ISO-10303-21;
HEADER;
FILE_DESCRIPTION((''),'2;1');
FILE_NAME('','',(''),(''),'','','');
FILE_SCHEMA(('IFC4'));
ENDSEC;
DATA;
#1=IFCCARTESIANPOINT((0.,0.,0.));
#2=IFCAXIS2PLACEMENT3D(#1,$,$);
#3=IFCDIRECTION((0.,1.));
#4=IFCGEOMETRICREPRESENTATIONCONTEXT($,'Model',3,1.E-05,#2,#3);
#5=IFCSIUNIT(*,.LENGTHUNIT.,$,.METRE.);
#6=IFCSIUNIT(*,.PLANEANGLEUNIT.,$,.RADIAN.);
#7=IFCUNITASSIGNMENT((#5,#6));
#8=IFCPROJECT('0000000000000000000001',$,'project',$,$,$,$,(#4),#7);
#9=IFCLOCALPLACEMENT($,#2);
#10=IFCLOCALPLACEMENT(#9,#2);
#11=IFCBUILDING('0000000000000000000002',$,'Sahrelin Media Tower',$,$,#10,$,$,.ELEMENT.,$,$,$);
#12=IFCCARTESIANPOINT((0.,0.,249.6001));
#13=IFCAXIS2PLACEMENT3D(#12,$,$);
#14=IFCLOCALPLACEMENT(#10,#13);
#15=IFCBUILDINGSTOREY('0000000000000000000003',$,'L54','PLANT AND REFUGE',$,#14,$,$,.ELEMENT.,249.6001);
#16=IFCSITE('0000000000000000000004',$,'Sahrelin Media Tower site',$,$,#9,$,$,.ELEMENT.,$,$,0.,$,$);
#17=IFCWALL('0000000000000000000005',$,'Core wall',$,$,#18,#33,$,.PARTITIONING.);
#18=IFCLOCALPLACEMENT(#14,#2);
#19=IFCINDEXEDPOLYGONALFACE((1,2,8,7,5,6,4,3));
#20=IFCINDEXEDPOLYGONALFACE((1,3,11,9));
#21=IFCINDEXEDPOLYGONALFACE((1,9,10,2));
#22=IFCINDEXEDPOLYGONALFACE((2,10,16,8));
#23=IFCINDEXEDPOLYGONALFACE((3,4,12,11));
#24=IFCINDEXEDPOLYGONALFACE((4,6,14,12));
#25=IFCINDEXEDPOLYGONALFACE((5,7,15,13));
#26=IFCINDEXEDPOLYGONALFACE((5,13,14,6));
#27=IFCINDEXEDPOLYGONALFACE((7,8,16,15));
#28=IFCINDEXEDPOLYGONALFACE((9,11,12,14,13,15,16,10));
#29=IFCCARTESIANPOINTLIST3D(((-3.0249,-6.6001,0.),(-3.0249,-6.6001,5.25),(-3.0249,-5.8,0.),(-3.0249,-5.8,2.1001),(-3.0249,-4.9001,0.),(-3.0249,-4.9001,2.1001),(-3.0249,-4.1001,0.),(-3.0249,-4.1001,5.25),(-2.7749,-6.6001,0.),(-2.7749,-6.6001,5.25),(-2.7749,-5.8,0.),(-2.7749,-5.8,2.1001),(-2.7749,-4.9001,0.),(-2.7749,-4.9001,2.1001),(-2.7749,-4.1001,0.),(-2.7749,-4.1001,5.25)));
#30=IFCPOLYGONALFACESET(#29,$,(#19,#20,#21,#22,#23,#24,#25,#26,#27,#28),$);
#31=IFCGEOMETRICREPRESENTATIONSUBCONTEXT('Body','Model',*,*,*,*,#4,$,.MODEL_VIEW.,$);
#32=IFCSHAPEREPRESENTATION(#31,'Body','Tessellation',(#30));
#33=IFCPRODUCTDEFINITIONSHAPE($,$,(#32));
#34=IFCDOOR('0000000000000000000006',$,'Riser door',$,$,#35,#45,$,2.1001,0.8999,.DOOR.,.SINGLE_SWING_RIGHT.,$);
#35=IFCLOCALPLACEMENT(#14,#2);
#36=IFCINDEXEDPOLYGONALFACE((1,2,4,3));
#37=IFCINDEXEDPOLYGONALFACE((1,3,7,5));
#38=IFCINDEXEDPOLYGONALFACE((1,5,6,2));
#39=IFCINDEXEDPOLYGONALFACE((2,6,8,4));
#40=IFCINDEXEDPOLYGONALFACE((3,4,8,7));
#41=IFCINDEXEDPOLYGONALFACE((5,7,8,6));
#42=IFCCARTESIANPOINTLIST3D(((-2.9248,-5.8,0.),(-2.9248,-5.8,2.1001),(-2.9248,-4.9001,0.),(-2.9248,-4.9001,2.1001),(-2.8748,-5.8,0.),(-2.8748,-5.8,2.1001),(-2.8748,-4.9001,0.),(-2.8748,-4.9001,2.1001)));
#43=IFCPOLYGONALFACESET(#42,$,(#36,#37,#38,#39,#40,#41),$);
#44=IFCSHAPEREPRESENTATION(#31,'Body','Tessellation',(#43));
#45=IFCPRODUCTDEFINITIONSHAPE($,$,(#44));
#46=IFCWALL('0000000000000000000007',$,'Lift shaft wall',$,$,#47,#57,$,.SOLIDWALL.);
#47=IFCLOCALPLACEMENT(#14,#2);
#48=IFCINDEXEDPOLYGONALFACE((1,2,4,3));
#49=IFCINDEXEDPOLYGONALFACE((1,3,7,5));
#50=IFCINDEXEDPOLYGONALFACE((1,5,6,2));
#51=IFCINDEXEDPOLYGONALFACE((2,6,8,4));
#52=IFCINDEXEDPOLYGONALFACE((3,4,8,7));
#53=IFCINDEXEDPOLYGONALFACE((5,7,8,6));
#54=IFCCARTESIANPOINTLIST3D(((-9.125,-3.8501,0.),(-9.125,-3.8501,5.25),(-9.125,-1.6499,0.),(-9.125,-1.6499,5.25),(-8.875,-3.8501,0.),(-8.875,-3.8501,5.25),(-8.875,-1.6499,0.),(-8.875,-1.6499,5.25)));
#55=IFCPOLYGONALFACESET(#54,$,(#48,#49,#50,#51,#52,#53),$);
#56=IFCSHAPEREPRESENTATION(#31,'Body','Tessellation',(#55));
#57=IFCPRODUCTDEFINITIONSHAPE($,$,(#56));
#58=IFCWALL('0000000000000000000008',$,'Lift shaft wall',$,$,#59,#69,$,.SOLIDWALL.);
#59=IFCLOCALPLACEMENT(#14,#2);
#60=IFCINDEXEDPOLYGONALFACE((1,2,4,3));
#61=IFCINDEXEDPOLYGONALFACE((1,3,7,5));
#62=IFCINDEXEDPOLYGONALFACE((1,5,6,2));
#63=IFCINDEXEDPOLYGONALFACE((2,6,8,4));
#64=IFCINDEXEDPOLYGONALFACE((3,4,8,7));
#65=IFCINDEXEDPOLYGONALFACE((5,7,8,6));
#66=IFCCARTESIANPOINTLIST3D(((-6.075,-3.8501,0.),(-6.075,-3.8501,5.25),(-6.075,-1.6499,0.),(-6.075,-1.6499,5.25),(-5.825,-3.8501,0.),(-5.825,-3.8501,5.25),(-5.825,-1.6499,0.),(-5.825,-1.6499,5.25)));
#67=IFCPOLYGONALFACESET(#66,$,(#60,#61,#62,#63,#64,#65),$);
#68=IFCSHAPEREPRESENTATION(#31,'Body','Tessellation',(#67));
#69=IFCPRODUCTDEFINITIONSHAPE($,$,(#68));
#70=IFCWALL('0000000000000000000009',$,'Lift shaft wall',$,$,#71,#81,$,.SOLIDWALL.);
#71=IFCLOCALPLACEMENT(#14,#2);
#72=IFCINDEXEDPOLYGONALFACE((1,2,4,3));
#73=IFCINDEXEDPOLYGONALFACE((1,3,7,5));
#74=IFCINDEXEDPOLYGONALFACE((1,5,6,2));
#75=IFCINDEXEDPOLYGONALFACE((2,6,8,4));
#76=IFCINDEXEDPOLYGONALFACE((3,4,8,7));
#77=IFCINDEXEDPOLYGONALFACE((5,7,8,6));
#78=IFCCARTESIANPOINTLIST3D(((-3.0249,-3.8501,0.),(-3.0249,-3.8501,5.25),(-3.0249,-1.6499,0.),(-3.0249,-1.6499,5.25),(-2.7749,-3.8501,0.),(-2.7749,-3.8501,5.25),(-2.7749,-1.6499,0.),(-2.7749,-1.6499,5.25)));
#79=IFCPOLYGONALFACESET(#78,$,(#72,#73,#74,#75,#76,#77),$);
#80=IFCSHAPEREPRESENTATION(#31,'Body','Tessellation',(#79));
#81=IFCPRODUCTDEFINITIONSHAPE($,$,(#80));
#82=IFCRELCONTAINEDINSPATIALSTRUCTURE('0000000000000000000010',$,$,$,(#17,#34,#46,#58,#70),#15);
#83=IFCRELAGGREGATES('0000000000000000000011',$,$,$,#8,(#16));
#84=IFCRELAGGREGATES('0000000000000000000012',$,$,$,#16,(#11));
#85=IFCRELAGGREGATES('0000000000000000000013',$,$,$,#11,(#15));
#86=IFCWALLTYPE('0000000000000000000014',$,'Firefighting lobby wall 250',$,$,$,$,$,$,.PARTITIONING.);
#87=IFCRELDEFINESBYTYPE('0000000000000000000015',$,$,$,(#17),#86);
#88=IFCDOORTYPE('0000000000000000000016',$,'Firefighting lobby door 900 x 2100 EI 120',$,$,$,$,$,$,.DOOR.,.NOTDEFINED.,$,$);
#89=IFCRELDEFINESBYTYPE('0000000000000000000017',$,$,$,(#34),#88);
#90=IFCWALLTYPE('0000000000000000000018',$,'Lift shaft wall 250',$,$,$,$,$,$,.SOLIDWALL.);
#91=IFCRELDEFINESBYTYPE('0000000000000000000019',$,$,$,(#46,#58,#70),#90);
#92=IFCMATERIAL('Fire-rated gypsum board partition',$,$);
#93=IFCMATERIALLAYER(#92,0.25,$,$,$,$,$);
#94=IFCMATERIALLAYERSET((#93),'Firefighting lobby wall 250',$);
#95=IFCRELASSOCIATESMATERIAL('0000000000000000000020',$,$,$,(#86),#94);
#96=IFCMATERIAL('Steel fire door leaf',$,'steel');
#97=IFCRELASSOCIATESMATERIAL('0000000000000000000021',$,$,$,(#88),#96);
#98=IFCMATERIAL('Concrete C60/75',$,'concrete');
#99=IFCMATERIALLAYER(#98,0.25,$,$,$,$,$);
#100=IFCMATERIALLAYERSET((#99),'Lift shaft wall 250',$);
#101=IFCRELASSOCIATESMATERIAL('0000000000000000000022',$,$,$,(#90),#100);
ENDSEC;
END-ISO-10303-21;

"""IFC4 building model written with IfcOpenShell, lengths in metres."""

from ifc_helpers import new_model, si_unit, direction, frame, frame_2d, origin, place, context, subcontext, project, spatial, rectangle, extrude, material, layer, layer_set, type_object, element, fill, save


model = new_model("IFC4")

# Units and contexts
model_context = context("Model", 3, precision=1e-05, world=origin(), true_north=direction((0.0, 1.0)))
body_context = subcontext(model_context, "Body", "Model", "MODEL_VIEW")
ifc_project = project(units=[si_unit("LENGTHUNIT", "METRE"), si_unit("PLANEANGLEUNIT", "RADIAN")], contexts=[model_context])

# Site, building, storey
site_placement = place(None, origin())
site = spatial("IfcSite", under=ifc_project, at=site_placement, Name="Sahrelin Media Tower site", CompositionType="ELEMENT", RefElevation=0.0)
building_placement = place(site_placement, origin())
building = spatial("IfcBuilding", under=site, at=building_placement, Name="Sahrelin Media Tower", CompositionType="ELEMENT")
storey_placement = place(building_placement, frame((0.0, 0.0, 249.6001)))
storey = spatial("IfcBuildingStorey", under=building, at=storey_placement, Name="L54", Description="PLANT AND REFUGE", CompositionType="ELEMENT", Elevation=249.6001)

# Shared definitions
ifc_material_1 = material(Name="Concrete C60/75", Category="concrete")

# Wall, opening, door
ifc_material_2 = material(Name="Fire-rated gypsum board partition")
ifc_layer_1 = layer(ifc_material_2, 0.25)
ifc_layer_set_1 = layer_set([ifc_layer_1], Name="Firefighting lobby wall 250")
wall_type_1 = type_object("IfcWallType", Name="Firefighting lobby wall 250", PredefinedType="PARTITIONING", material=ifc_layer_set_1)
wall_1_placement = place(storey_placement, frame((-2.8999, -6.6001, 0.0), z_axis=(0.0, 0.0, 1.0), x_axis=(0.0, 1.0, 0.0)))
wall_1 = element("IfcWall", 1, at=wall_1_placement, inside=storey, type_object=wall_type_1, Name="Core wall", PredefinedType="PARTITIONING", context=body_context, shape_type="SweptSolid", body=[
    extrude(rectangle(XDim=2.5, YDim=0.25, at=frame_2d((1.25, 0.0))), origin(), (0.0, 0.0, 1.0), 5.25),
])
opening_placement = place(wall_1_placement, frame((0.8, 0.0, 0.0)))
opening = element("IfcOpeningElement", 2, at=opening_placement, cuts=wall_1, PredefinedType="OPENING", context=body_context, shape_type="SweptSolid", body=[
    extrude(rectangle(XDim=0.8999, YDim=2.1001, at=frame_2d((0.45, 1.05))), frame((0.0, 0.125, 0.0), z_axis=(0.0, -1.0, 0.0), x_axis=(1.0, 0.0, 0.0)), (0.0, 0.0, 1.0), 0.25),
])
ifc_material_3 = material(Name="Steel fire door leaf", Category="steel")
door_type = type_object("IfcDoorType", Name="Firefighting lobby door 900 x 2100 EI 120", OperationType="NOTDEFINED", PredefinedType="DOOR", material=ifc_material_3)
door_placement = place(opening_placement, origin())
door = element("IfcDoor", 3, at=door_placement, inside=storey, type_object=door_type, Name="Riser door", OperationType="SINGLE_SWING_RIGHT", OverallHeight=2.1001, OverallWidth=0.8999, PredefinedType="DOOR", context=body_context, shape_type="SweptSolid", body=[
    extrude(rectangle(XDim=0.8999, YDim=2.1001, at=frame_2d((0.45, 1.05))), frame((0.0, 0.0249, 0.0), z_axis=(0.0, -1.0, 0.0), x_axis=(1.0, 0.0, 0.0)), (0.0, 0.0, 1.0), 0.05),
])
fill(opening, door)

# Walls
ifc_layer_2 = layer(ifc_material_1, 0.25)
ifc_layer_set_2 = layer_set([ifc_layer_2], Name="Lift shaft wall 250")
wall_type_2 = type_object("IfcWallType", Name="Lift shaft wall 250", PredefinedType="SOLIDWALL", material=ifc_layer_set_2)
for number, where, z_axis, x_axis, name in (
    (4, (-9.0, -3.8501, 0.0), (0.0, 0.0, 1.0), (0.0, 1.0, 0.0), "Lift shaft wall"),
    (5, (-5.95, -3.8501, 0.0), (0.0, 0.0, 1.0), (0.0, 1.0, 0.0), "Lift shaft wall"),
    (6, (-2.8999, -3.8501, 0.0), (0.0, 0.0, 1.0), (0.0, 1.0, 0.0), "Lift shaft wall"),
):
    element("IfcWall", number, at=place(storey_placement, frame(where, z_axis=z_axis, x_axis=x_axis)), inside=storey, type_object=wall_type_2, Name=name, PredefinedType="SOLIDWALL", context=body_context, shape_type="SweptSolid", body=[
        extrude(rectangle(XDim=2.2002, YDim=0.25, at=frame_2d((1.1001, 0.0))), origin(), (0.0, 0.0, 1.0), 5.25),
    ])

save(model, "model.ifc")
